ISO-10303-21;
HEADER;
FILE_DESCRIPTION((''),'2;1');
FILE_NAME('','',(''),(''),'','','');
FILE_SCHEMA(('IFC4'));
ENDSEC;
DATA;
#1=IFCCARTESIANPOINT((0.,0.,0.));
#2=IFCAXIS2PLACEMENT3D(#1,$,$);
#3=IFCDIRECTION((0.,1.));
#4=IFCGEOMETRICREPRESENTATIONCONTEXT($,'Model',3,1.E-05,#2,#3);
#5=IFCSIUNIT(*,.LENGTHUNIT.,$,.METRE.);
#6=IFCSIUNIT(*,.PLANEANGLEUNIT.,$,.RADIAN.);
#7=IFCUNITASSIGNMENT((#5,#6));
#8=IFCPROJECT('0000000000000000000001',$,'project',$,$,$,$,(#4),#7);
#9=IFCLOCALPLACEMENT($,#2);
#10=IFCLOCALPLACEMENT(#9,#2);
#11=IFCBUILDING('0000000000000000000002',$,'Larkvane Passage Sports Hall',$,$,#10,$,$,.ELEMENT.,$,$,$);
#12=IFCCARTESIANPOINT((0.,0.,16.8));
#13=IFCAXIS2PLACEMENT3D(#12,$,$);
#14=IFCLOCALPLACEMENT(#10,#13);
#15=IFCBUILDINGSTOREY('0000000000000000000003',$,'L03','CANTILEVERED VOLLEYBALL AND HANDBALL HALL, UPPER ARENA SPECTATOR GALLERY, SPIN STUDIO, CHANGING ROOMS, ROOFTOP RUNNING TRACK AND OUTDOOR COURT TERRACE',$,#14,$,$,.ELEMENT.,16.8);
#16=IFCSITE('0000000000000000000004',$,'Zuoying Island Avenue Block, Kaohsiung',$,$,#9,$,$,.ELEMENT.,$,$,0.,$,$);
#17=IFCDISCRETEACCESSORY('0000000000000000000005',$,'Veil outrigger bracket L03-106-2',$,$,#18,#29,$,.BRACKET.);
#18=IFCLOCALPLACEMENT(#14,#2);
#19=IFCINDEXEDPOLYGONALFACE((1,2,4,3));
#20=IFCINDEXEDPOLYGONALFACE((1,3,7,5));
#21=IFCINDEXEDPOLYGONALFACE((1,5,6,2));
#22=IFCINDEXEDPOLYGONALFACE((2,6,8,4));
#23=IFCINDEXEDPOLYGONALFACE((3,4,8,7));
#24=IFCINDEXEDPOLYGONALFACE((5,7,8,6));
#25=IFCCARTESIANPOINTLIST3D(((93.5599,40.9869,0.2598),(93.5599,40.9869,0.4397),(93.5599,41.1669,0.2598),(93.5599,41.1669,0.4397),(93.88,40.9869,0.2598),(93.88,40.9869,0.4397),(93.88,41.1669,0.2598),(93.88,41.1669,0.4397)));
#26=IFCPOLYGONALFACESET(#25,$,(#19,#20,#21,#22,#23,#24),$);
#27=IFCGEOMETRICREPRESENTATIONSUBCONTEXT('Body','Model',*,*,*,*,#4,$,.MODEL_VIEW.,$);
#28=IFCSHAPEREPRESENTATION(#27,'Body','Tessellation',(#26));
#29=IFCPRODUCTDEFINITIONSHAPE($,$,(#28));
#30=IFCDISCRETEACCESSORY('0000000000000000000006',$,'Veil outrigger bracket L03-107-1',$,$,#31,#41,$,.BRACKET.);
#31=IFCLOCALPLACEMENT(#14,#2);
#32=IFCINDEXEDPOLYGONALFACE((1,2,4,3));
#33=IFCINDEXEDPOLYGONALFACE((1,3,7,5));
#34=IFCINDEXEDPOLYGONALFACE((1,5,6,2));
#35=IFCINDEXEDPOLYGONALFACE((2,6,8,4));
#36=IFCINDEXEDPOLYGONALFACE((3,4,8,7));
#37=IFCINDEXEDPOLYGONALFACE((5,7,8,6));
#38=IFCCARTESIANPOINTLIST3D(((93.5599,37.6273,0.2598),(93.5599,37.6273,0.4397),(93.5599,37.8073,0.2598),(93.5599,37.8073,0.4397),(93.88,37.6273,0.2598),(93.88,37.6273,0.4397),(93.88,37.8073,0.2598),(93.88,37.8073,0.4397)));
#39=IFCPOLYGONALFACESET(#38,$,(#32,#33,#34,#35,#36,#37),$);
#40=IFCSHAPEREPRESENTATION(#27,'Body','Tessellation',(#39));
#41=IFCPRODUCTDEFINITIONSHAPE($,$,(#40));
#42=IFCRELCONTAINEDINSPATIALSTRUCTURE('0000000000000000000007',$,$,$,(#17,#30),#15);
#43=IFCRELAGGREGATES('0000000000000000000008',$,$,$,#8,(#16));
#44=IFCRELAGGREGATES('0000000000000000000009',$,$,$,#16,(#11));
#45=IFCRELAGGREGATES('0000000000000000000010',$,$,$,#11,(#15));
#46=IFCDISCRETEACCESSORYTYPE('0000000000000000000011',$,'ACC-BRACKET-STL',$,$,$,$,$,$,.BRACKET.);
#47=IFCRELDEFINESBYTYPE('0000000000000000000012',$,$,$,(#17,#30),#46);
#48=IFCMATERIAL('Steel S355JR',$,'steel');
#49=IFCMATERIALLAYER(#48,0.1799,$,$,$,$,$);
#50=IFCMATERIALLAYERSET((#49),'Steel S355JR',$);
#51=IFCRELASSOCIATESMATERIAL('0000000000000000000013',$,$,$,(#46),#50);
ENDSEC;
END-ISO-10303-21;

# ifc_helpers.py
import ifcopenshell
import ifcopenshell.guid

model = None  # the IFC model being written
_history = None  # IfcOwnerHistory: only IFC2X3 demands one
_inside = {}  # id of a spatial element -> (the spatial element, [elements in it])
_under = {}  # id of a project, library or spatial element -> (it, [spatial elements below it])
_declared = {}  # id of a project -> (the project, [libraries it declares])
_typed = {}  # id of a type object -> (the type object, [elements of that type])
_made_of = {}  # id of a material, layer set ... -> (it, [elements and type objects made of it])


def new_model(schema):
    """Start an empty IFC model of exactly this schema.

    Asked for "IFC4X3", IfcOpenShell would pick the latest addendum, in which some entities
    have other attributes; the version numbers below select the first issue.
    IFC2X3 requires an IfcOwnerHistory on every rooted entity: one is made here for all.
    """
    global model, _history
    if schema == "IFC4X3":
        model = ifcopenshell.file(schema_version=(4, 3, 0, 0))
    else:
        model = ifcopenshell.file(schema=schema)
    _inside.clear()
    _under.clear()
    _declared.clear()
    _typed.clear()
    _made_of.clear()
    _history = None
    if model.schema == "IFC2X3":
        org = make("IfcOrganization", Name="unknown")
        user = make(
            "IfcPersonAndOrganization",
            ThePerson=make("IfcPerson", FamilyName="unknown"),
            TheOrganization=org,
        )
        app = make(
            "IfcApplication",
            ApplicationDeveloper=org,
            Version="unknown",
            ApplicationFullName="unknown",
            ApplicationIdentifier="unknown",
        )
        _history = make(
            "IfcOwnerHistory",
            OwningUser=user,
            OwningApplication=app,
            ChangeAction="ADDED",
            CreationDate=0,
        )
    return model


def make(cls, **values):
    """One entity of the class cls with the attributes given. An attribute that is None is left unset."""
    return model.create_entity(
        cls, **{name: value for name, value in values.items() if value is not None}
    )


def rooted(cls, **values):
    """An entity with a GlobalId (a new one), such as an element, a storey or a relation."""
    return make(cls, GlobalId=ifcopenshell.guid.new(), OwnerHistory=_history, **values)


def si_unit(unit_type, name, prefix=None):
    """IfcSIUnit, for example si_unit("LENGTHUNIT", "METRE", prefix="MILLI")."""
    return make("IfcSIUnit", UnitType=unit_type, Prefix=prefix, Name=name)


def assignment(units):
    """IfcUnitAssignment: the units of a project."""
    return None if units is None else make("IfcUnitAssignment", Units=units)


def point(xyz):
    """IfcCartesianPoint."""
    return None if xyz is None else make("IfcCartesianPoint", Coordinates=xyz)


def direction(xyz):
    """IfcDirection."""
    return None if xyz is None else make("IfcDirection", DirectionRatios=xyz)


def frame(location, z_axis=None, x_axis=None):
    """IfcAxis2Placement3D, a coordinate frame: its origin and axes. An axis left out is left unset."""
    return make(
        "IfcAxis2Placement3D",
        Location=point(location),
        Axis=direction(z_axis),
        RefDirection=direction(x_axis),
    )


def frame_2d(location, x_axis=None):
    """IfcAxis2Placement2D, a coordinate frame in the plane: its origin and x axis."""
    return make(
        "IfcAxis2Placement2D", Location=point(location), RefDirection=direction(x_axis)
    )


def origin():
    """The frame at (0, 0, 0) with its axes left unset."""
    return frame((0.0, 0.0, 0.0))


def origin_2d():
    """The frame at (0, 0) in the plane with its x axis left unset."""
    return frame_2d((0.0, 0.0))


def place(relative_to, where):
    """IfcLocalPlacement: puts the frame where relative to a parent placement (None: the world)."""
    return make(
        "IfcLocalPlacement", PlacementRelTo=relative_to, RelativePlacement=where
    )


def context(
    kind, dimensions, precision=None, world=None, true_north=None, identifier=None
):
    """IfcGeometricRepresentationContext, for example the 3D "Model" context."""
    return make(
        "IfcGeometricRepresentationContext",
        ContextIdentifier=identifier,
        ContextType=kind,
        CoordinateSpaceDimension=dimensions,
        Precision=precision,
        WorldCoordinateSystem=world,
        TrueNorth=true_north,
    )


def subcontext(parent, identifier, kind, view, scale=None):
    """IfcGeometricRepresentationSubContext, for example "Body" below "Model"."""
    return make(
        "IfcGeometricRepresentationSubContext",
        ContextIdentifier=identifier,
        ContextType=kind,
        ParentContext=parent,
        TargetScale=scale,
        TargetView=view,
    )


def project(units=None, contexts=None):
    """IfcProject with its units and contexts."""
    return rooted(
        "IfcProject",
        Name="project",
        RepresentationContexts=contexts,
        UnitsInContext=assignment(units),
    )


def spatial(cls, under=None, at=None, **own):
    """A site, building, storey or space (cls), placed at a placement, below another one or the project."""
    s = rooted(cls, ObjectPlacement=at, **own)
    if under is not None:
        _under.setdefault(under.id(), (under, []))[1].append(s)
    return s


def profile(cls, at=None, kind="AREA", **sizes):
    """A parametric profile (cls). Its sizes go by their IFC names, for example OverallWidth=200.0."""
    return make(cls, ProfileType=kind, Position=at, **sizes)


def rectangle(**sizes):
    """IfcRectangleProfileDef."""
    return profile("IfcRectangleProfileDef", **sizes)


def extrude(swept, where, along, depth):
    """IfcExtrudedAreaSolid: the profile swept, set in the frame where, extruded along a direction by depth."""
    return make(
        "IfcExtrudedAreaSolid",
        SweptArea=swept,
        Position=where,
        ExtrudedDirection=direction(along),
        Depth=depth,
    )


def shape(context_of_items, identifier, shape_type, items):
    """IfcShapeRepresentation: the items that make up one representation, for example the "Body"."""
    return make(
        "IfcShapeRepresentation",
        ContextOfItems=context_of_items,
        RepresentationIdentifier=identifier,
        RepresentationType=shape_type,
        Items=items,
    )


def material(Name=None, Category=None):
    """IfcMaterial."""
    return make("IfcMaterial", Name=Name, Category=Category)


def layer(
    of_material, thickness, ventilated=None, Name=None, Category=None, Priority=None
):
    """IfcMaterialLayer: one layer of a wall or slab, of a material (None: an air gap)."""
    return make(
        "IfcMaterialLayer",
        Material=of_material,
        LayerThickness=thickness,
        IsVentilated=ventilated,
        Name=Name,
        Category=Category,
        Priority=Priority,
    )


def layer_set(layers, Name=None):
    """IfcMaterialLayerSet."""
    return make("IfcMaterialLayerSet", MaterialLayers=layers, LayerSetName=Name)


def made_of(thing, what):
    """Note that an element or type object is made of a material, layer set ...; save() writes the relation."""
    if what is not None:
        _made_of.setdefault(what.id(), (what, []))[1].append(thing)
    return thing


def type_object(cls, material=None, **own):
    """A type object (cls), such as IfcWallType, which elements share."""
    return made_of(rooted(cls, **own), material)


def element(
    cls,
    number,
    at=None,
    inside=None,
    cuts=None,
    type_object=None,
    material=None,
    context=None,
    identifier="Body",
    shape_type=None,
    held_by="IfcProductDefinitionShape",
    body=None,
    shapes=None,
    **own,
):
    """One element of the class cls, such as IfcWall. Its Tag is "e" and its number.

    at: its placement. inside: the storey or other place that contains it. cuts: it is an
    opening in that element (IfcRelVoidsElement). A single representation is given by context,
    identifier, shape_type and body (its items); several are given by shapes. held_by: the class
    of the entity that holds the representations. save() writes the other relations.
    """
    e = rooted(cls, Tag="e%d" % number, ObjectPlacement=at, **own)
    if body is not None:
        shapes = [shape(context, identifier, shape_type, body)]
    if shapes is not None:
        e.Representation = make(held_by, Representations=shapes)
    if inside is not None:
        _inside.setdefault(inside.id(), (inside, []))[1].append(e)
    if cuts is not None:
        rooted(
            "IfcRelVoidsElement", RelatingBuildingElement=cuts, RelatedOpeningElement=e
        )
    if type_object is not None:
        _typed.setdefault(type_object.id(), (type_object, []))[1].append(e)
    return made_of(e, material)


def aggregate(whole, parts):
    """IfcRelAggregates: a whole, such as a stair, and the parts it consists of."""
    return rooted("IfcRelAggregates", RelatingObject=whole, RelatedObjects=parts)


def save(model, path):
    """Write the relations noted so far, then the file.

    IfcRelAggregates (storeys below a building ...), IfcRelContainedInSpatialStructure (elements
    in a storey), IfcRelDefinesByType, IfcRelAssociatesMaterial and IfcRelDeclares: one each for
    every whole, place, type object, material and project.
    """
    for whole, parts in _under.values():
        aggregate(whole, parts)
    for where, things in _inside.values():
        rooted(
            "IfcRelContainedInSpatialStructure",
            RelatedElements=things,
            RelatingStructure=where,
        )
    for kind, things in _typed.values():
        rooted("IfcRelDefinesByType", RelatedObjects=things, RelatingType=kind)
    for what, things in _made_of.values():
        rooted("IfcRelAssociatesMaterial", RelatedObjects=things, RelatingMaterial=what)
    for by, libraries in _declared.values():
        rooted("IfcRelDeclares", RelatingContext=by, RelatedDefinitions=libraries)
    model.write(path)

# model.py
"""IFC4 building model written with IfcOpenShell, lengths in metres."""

from ifc_helpers import new_model, si_unit, direction, frame, origin, origin_2d, place, context, subcontext, project, spatial, rectangle, extrude, material, layer, layer_set, type_object, element, save


model = new_model("IFC4")

# Units and contexts
model_context = context("Model", 3, precision=1e-05, world=origin(), true_north=direction((0.0, 1.0)))
body_context = subcontext(model_context, "Body", "Model", "MODEL_VIEW")
ifc_project = project(units=[si_unit("LENGTHUNIT", "METRE"), si_unit("PLANEANGLEUNIT", "RADIAN")], contexts=[model_context])

# Site, building, storey
site_placement = place(None, origin())
site = spatial("IfcSite", under=ifc_project, at=site_placement, Name="Zuoying Island Avenue Block, Kaohsiung", CompositionType="ELEMENT", RefElevation=0.0)
building_placement = place(site_placement, origin())
building = spatial("IfcBuilding", under=site, at=building_placement, Name="Larkvane Passage Sports Hall", CompositionType="ELEMENT")
storey_placement = place(building_placement, frame((0.0, 0.0, 16.8)))
storey = spatial("IfcBuildingStorey", under=building, at=storey_placement, Name="L03", Description="CANTILEVERED VOLLEYBALL AND HANDBALL HALL, UPPER ARENA SPECTATOR GALLERY, SPIN STUDIO, CHANGING ROOMS, ROOFTOP RUNNING TRACK AND OUTDOOR COURT TERRACE", CompositionType="ELEMENT", Elevation=16.8)

# Discrete accessories
ifc_material_1 = material(Name="Steel S355JR", Category="steel")
ifc_layer_1 = layer(ifc_material_1, 0.1799)
ifc_layer_set_1 = layer_set([ifc_layer_1], Name="Steel S355JR")
discrete_accessory_type = type_object("IfcDiscreteAccessoryType", Name="ACC-BRACKET-STL", PredefinedType="BRACKET", material=ifc_layer_set_1)
for number, where, z_axis, x_axis, name in (
    (1, (93.72, 41.0769, 0.2598), (0.0, 0.0, 1.0), (0.0, -1.0, 0.0), "Veil outrigger bracket L03-106-2"),
    (2, (93.72, 37.7173, 0.2598), (0.0, 0.0, 1.0), (0.0, -1.0, 0.0), "Veil outrigger bracket L03-107-1"),
):
    element("IfcDiscreteAccessory", number, at=place(storey_placement, frame(where, z_axis=z_axis, x_axis=x_axis)), inside=storey, type_object=discrete_accessory_type, Name=name, PredefinedType="BRACKET", context=body_context, shape_type="SweptSolid", body=[
        extrude(rectangle(XDim=0.1799, YDim=0.3201, at=origin_2d()), origin(), (0.0, 0.0, 1.0), 0.1799),
    ])

save(model, "model.ifc")
